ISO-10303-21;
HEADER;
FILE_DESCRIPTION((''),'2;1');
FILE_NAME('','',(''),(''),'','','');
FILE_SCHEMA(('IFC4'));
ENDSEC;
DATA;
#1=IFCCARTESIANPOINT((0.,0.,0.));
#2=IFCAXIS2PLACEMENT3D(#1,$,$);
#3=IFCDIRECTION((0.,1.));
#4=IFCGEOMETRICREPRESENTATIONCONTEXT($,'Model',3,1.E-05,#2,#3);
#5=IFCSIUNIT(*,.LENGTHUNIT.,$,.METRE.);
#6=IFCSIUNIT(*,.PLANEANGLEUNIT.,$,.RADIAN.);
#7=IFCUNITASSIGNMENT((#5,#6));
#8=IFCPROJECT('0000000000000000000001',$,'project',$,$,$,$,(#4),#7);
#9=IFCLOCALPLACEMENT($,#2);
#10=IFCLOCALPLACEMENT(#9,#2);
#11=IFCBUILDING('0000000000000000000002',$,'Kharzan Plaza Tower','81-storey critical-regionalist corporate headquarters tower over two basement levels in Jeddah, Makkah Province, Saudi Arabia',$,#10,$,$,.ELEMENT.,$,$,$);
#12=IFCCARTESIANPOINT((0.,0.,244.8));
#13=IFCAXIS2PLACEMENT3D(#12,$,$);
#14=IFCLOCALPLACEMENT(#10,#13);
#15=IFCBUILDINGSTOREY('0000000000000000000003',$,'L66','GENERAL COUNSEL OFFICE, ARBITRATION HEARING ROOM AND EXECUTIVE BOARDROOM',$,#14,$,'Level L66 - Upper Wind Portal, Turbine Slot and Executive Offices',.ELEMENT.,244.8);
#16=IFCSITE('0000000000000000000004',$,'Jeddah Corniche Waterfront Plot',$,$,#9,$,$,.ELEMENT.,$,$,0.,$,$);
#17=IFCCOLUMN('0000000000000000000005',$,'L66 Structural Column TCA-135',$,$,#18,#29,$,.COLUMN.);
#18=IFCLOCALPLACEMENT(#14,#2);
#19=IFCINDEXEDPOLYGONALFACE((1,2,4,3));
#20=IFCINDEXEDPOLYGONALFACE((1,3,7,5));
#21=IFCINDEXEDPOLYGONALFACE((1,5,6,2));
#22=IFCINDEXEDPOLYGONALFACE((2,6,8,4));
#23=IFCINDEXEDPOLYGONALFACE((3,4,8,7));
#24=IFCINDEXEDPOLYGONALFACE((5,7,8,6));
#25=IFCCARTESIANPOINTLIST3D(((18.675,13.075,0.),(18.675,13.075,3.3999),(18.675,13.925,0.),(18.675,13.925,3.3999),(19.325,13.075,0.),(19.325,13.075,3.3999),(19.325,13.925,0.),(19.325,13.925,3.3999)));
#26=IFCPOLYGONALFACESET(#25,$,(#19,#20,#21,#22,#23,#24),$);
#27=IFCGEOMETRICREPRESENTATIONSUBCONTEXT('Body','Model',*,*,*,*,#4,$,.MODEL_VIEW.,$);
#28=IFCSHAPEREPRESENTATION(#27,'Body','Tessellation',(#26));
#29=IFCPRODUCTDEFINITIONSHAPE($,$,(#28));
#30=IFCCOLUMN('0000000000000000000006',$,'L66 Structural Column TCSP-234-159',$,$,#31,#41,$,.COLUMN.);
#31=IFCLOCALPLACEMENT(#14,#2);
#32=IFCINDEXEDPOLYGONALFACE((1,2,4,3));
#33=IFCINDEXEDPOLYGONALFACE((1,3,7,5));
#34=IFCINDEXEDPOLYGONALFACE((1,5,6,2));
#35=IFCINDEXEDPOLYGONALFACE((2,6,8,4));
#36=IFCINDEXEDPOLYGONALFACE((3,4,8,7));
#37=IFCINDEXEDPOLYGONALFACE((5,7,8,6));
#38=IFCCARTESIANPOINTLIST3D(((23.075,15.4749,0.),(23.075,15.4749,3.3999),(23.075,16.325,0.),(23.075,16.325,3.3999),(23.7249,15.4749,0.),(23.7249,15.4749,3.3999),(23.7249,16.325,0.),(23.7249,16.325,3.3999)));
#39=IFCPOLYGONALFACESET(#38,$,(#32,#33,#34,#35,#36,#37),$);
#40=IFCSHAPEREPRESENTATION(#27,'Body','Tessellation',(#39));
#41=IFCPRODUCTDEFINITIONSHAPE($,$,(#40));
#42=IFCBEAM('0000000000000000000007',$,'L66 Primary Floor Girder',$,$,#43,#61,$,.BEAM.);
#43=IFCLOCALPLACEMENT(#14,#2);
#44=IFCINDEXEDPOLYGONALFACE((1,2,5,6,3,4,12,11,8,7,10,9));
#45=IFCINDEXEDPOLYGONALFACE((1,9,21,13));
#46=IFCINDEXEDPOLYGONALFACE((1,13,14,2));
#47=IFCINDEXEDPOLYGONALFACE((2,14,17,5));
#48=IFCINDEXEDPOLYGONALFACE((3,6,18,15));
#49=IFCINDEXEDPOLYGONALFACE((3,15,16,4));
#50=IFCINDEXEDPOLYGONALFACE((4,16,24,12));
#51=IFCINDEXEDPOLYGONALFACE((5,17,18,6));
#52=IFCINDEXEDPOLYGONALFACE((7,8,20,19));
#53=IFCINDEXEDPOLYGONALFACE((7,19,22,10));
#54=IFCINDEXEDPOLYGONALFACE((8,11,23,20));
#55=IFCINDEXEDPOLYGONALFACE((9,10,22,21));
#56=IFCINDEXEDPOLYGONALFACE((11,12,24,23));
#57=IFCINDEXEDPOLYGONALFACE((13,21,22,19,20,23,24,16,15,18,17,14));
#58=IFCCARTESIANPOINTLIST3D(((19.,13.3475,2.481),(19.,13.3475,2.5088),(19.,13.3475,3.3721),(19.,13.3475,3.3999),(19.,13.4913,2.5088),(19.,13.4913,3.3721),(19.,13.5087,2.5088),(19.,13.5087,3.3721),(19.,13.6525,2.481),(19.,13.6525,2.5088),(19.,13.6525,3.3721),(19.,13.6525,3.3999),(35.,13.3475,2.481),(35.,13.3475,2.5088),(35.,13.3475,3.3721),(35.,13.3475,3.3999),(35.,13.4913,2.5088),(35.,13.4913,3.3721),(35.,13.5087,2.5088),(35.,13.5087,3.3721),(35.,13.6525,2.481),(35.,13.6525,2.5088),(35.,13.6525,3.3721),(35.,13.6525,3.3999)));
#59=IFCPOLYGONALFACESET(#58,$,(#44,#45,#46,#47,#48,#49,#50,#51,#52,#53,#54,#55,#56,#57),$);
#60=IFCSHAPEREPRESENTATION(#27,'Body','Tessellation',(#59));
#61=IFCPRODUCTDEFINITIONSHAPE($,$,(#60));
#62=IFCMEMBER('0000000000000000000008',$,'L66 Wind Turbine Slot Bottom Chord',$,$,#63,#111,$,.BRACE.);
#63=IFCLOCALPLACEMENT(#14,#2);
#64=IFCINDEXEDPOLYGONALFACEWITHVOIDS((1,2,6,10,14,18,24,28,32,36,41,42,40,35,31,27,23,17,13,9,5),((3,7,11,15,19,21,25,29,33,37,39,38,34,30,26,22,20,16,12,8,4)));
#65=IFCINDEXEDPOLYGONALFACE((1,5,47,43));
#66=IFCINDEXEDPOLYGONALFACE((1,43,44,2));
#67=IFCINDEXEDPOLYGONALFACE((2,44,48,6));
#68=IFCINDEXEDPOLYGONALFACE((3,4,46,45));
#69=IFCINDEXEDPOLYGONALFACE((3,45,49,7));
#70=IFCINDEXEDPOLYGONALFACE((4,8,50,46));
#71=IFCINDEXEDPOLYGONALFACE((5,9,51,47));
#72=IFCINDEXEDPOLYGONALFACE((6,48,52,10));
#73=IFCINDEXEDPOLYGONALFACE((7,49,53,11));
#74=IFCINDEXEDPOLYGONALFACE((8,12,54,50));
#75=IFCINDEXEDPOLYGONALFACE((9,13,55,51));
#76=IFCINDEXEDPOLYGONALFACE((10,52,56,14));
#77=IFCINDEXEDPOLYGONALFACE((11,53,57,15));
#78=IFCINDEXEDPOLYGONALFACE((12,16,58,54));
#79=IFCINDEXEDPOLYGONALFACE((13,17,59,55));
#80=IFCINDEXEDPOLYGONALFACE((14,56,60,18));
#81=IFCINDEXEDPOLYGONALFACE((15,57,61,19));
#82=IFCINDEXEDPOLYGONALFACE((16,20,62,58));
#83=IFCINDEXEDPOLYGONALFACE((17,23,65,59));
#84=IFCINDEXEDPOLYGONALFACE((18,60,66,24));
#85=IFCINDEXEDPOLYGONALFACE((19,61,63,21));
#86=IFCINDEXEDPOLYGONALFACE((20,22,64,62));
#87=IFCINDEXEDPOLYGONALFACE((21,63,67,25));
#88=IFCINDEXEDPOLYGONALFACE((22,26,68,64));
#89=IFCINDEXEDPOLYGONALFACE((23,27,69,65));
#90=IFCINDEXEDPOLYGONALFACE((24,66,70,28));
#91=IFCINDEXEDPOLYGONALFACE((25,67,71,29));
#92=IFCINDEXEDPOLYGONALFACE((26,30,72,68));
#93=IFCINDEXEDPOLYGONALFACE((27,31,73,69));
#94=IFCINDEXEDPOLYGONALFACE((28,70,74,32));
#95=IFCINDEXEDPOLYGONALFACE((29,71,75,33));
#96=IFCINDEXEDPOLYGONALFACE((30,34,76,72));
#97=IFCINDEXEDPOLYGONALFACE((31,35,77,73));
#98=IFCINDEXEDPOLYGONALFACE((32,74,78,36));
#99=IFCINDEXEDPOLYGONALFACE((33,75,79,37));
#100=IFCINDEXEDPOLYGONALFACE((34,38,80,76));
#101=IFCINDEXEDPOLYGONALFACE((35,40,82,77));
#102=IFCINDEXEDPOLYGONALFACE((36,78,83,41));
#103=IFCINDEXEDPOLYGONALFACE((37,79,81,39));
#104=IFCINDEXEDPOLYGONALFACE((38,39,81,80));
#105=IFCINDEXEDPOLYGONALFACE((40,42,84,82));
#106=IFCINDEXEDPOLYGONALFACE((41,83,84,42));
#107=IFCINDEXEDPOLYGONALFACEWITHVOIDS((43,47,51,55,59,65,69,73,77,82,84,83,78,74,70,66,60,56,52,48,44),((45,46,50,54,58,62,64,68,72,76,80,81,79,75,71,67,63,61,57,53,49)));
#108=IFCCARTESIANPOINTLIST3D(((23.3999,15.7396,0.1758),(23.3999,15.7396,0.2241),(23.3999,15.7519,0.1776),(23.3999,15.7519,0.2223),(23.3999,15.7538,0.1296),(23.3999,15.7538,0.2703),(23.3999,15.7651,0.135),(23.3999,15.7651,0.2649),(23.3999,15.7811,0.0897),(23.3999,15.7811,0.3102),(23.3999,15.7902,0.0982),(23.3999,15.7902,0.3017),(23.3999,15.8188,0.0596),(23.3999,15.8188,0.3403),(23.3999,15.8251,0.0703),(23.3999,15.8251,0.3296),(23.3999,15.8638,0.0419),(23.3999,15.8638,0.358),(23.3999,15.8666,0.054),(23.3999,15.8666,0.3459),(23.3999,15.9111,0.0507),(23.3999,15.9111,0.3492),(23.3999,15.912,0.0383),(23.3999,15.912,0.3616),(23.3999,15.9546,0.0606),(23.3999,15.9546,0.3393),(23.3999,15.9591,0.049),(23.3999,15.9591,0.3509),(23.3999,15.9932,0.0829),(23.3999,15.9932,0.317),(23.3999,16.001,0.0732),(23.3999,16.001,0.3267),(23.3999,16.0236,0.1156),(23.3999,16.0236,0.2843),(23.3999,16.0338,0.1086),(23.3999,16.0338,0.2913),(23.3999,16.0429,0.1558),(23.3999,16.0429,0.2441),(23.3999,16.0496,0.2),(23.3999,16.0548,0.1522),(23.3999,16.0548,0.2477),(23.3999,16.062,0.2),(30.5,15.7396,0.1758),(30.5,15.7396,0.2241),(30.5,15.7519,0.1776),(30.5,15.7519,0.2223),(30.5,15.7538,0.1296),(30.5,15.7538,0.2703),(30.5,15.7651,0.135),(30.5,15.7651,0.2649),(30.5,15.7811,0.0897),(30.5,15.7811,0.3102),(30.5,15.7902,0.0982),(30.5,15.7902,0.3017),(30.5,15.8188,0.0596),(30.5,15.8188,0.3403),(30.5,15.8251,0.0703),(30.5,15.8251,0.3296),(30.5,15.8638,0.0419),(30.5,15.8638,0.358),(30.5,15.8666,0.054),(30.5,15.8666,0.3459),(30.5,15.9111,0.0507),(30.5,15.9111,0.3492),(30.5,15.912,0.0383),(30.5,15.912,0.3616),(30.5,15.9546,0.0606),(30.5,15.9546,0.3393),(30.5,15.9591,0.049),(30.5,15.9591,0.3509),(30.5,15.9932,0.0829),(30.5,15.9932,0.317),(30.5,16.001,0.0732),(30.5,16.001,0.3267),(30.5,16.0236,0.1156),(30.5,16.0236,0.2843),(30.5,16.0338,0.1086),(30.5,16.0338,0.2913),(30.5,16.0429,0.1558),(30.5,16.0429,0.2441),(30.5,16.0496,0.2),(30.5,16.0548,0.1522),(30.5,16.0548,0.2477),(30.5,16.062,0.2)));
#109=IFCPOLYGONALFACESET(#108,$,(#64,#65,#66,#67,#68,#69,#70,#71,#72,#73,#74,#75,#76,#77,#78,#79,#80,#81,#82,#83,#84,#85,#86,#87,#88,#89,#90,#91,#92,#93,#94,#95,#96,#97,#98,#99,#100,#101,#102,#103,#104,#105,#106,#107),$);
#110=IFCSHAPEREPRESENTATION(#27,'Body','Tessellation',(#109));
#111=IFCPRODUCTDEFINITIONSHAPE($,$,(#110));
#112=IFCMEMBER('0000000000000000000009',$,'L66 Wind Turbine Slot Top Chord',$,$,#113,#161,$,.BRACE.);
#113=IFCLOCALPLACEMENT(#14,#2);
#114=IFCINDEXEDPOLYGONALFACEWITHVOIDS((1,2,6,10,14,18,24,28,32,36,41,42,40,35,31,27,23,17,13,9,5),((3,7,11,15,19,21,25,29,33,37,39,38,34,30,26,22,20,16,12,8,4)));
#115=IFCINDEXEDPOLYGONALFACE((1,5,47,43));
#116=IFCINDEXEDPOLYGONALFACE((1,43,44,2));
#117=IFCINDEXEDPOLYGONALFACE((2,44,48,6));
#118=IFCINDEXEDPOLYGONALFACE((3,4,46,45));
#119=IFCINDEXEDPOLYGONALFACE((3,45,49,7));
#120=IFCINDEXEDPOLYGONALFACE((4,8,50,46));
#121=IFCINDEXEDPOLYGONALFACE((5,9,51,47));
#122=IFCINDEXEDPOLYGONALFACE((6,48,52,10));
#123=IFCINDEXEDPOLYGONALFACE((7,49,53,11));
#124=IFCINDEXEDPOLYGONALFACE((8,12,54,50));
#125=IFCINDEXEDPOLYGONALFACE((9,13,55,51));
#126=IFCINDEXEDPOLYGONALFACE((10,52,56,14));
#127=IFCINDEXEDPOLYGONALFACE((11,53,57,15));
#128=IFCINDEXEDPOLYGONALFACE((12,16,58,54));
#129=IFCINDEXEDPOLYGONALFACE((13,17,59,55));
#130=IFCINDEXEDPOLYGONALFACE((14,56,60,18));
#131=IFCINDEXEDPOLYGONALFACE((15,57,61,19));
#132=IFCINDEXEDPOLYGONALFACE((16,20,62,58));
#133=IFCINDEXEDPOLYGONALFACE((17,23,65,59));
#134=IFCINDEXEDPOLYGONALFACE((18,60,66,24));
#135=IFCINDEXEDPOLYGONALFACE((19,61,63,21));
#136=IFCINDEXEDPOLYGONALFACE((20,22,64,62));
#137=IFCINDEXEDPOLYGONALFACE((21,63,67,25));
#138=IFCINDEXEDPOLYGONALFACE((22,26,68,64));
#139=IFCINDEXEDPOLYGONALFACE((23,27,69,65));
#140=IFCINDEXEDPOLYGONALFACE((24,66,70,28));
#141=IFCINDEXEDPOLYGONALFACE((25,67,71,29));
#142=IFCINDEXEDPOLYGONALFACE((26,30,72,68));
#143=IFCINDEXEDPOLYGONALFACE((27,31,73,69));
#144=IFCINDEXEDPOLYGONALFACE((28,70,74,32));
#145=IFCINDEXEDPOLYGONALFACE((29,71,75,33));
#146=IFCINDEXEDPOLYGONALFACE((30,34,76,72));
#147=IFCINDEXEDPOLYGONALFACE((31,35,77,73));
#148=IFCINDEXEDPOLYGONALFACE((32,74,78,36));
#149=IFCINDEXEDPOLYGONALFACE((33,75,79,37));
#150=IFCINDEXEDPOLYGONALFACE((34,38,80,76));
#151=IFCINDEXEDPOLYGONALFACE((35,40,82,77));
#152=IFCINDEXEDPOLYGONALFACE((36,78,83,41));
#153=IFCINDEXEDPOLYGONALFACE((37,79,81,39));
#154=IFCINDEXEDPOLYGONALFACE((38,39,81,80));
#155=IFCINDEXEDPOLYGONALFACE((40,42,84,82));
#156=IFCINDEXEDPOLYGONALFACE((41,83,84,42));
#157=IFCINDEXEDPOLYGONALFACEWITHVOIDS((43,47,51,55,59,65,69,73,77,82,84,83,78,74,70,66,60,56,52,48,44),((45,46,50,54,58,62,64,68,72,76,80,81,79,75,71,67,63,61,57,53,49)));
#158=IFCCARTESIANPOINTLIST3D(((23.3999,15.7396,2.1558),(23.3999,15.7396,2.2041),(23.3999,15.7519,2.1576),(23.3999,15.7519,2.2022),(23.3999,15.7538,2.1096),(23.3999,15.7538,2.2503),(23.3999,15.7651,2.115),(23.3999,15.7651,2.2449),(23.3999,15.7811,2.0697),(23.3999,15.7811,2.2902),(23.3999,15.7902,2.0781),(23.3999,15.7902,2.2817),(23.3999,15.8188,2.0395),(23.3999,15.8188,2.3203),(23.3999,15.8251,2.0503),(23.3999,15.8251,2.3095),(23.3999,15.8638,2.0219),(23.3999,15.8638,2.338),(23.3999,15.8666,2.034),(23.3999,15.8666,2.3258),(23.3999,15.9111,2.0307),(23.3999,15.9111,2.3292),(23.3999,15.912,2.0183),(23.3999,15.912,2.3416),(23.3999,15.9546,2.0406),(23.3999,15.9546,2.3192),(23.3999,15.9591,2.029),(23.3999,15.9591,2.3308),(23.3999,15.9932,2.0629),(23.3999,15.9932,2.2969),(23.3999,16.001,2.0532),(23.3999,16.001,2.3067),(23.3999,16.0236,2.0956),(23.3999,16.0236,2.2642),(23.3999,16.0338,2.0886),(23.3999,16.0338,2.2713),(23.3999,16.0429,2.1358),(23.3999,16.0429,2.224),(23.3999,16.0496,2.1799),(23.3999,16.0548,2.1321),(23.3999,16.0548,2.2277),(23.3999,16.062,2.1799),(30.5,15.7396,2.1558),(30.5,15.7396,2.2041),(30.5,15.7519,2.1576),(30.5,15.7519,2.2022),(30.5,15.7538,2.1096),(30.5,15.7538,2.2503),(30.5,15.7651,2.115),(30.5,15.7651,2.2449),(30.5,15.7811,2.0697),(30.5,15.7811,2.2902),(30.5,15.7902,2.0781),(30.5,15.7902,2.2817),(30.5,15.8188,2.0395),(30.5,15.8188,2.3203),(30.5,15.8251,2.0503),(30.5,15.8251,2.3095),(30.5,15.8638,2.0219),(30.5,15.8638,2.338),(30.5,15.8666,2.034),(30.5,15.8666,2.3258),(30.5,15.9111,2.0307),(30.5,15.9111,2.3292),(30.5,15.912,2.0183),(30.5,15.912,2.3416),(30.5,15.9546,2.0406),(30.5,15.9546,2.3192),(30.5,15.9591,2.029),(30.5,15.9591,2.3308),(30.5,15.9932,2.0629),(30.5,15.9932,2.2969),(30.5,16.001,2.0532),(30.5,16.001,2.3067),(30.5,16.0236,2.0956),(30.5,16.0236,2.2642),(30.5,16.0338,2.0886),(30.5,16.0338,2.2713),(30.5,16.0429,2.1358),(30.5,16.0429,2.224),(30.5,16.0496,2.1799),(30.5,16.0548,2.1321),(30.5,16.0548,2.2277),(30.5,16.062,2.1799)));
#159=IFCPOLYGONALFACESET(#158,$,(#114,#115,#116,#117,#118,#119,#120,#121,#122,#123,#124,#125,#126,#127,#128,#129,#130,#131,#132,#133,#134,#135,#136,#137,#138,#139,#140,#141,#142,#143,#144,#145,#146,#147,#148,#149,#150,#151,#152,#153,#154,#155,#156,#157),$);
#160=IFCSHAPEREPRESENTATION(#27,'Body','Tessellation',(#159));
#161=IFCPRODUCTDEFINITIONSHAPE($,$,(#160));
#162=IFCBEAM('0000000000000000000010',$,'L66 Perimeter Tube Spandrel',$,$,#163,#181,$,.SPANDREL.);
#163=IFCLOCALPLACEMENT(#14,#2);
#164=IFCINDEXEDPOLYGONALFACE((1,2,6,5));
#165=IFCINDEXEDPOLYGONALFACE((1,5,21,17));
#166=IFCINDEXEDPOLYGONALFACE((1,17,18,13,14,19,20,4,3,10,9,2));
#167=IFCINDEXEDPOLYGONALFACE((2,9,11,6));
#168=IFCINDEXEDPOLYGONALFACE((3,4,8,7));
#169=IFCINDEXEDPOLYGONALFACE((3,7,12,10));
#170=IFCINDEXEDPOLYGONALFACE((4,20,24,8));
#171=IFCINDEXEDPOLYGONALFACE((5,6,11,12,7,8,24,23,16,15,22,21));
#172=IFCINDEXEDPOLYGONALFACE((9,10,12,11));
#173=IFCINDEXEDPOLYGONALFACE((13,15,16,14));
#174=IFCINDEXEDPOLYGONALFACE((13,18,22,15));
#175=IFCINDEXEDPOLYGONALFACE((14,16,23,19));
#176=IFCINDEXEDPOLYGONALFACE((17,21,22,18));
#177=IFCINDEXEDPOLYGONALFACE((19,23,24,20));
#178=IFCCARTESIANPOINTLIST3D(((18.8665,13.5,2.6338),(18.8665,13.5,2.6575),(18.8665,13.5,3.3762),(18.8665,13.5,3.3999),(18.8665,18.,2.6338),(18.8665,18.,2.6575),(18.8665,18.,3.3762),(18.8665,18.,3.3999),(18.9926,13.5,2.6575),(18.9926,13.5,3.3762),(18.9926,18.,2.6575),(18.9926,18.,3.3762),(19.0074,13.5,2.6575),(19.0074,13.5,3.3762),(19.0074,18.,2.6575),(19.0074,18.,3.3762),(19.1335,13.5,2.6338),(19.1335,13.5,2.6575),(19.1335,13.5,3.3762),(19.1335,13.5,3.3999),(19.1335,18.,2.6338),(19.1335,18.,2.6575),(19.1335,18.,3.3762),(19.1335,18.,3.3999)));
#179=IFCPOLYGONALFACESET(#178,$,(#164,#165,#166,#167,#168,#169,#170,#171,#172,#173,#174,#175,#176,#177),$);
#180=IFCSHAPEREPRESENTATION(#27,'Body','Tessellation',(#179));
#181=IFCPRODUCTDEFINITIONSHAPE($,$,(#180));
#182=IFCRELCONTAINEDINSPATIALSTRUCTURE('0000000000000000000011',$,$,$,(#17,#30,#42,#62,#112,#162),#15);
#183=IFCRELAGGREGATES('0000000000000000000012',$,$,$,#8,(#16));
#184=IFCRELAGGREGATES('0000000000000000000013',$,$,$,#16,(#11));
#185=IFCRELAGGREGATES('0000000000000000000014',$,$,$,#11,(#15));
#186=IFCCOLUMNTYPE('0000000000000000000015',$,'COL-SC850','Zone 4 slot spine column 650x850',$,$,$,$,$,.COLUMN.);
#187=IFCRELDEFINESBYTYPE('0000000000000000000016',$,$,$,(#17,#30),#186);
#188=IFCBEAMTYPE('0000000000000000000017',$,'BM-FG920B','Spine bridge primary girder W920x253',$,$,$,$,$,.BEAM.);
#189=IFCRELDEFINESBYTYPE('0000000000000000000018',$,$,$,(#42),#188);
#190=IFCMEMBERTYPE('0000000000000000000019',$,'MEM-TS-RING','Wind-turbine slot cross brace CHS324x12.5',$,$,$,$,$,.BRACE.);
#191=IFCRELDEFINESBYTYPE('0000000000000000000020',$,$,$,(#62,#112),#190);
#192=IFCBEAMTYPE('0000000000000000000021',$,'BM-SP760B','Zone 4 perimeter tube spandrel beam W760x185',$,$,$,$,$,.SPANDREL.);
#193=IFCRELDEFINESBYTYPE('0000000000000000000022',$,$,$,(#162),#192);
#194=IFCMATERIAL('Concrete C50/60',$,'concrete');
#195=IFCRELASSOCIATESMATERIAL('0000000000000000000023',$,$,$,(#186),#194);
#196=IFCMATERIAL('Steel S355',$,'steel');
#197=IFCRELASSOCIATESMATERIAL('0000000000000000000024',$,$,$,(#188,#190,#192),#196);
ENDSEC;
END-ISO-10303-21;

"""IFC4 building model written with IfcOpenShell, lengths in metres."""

from ifc_helpers import new_model, si_unit, direction, frame, origin, origin_2d, place, context, subcontext, project, spatial, rectangle, hollow_circle, i_section, extrude, source, transform, mapped, material, material_profile, profile_set, type_object, element, save


model = new_model("IFC4")

# Units and contexts
model_context = context("Model", 3, precision=1e-05, world=origin(), true_north=direction((0.0, 1.0)))
body_context = subcontext(model_context, "Body", "Model", "MODEL_VIEW")
ifc_project = project(units=[si_unit("LENGTHUNIT", "METRE"), si_unit("PLANEANGLEUNIT", "RADIAN")], contexts=[model_context])

# Site, building, storey
site_placement = place(None, origin())
site = spatial("IfcSite", under=ifc_project, at=site_placement, Name="Jeddah Corniche Waterfront Plot", CompositionType="ELEMENT", RefElevation=0.0)
building_placement = place(site_placement, origin())
building = spatial("IfcBuilding", under=site, at=building_placement, Name="Kharzan Plaza Tower", Description="81-storey critical-regionalist corporate headquarters tower over two basement levels in Jeddah, Makkah Province, Saudi Arabia", CompositionType="ELEMENT")
storey_placement = place(building_placement, frame((0.0, 0.0, 244.8)))
storey = spatial("IfcBuildingStorey", under=building, at=storey_placement, Name="L66", Description="GENERAL COUNSEL OFFICE, ARBITRATION HEARING ROOM AND EXECUTIVE BOARDROOM", LongName="Level L66 - Upper Wind Portal, Turbine Slot and Executive Offices", CompositionType="ELEMENT", Elevation=244.8)

# Columns
ifc_material_1 = material(Name="Concrete C50/60", Category="concrete")
ifc_material_profile_1 = material_profile(ifc_material_1, rectangle(XDim=0.6499, YDim=0.8501, at=origin_2d()), Name="RC-SC850x650")
ifc_profile_set_1 = profile_set([ifc_material_profile_1], Name="Concrete C50/60")
column_type = type_object("IfcColumnType", Name="COL-SC850", Description="Zone 4 slot spine column 650x850", PredefinedType="COLUMN", material=ifc_profile_set_1)
shared_shape_1 = source(origin(), body_context, "Body", "SweptSolid", [
    extrude(rectangle(XDim=0.6499, YDim=0.8501, at=origin_2d()), origin(), (0.0, 0.0, 1.0), 3.3999),
])
for number, where, z_axis, x_axis, name in (
    (1, (19.0, 13.5, 0.0), (0.0, 0.0, 1.0), (1.0, 0.0, 0.0), "L66 Structural Column TCA-135"),
    (2, (23.3999, 15.8999, 0.0), (0.0, 0.0, 1.0), (1.0, 0.0, 0.0), "L66 Structural Column TCSP-234-159"),
):
    element("IfcColumn", number, at=place(storey_placement, frame(where, z_axis=z_axis, x_axis=x_axis)), inside=storey, type_object=column_type, Name=name, PredefinedType="COLUMN", context=body_context, shape_type="MappedRepresentation", body=[
        mapped(shared_shape_1, transform((0.0, 0.0, 0.0), x_axis=(1.0, 0.0, 0.0), y_axis=(0.0, 1.0, 0.0), z_axis=(0.0, 0.0, 1.0))),
    ])

# Beam
ifc_material_2 = material(Name="Steel S355", Category="steel")
ifc_material_profile_2 = material_profile(ifc_material_2, i_section(OverallWidth=0.3049, OverallDepth=0.9189, WebThickness=0.0173, FlangeThickness=0.0278, at=origin_2d()), Name="W920x253")
ifc_profile_set_2 = profile_set([ifc_material_profile_2], Name="Steel S355")
beam_type_1 = type_object("IfcBeamType", Name="BM-FG920B", Description="Spine bridge primary girder W920x253", PredefinedType="BEAM", material=ifc_profile_set_2)
shared_shape_2 = source(origin(), body_context, "Body", "SweptSolid", [
    extrude(i_section(OverallWidth=0.3049, OverallDepth=0.9189, WebThickness=0.0173, FlangeThickness=0.0278, at=origin_2d()), origin(), (0.0, 0.0, 1.0), 16.0),
])
beam_1_placement = place(storey_placement, frame((19.0, 13.5, 2.9404), z_axis=(1.0, 0.0, 0.0), x_axis=(0.0, 1.0, 0.0)))
element("IfcBeam", 3, at=beam_1_placement, inside=storey, type_object=beam_type_1, Name="L66 Primary Floor Girder", PredefinedType="BEAM", context=body_context, shape_type="MappedRepresentation", body=[
    mapped(shared_shape_2, transform((0.0, 0.0, 0.0), x_axis=(1.0, 0.0, 0.0), y_axis=(0.0, 1.0, 0.0), z_axis=(0.0, 0.0, 1.0))),
])

# Members
ifc_material_profile_3 = material_profile(ifc_material_2, hollow_circle(Radius=0.1621, WallThickness=0.0125, at=origin_2d()), Name="CHS324x12.5")
ifc_profile_set_3 = profile_set([ifc_material_profile_3], Name="Steel S355")
member_type_1 = type_object("IfcMemberType", Name="MEM-TS-RING", Description="Wind-turbine slot cross brace CHS324x12.5", PredefinedType="BRACE", material=ifc_profile_set_3)
shared_shape_3 = source(origin(), body_context, "Body", "SweptSolid", [
    extrude(hollow_circle(Radius=0.1621, WallThickness=0.0125, at=origin_2d()), origin(), (0.0, 0.0, 1.0), 7.1001),
])
for number, where, z_axis, x_axis, name in (
    (4, (23.3999, 15.8999, 0.2), (1.0, 0.0, 0.0), (0.0, 1.0, 0.0), "L66 Wind Turbine Slot Bottom Chord"),
    (5, (23.3999, 15.8999, 2.1799), (1.0, 0.0, 0.0), (0.0, 1.0, 0.0), "L66 Wind Turbine Slot Top Chord"),
):
    element("IfcMember", number, at=place(storey_placement, frame(where, z_axis=z_axis, x_axis=x_axis)), inside=storey, type_object=member_type_1, Name=name, PredefinedType="BRACE", context=body_context, shape_type="MappedRepresentation", body=[
        mapped(shared_shape_3, transform((0.0, 0.0, 0.0), x_axis=(1.0, 0.0, 0.0), y_axis=(0.0, 1.0, 0.0), z_axis=(0.0, 0.0, 1.0))),
    ])

# Beam
ifc_material_profile_4 = material_profile(ifc_material_2, i_section(OverallWidth=0.2671, OverallDepth=0.7661, WebThickness=0.0149, FlangeThickness=0.0237, at=origin_2d()), Name="W760x185")
ifc_profile_set_4 = profile_set([ifc_material_profile_4], Name="Steel S355")
beam_type_2 = type_object("IfcBeamType", Name="BM-SP760B", Description="Zone 4 perimeter tube spandrel beam W760x185", PredefinedType="SPANDREL", material=ifc_profile_set_4)
shared_shape_4 = source(origin(), body_context, "Body", "SweptSolid", [
    extrude(i_section(OverallWidth=0.2671, OverallDepth=0.7661, WebThickness=0.0149, FlangeThickness=0.0237, at=origin_2d()), origin(), (0.0, 0.0, 1.0), 4.5),
])
beam_2_placement = place(storey_placement, frame((19.0, 13.5, 3.0168), z_axis=(0.0, 1.0, 0.0), x_axis=(-1.0, 0.0, 0.0)))
element("IfcBeam", 6, at=beam_2_placement, inside=storey, type_object=beam_type_2, Name="L66 Perimeter Tube Spandrel", PredefinedType="SPANDREL", context=body_context, shape_type="MappedRepresentation", body=[
    mapped(shared_shape_4, transform((0.0, 0.0, 0.0), x_axis=(1.0, 0.0, 0.0), y_axis=(0.0, 1.0, 0.0), z_axis=(0.0, 0.0, 1.0))),
])

save(model, "model.ifc")
